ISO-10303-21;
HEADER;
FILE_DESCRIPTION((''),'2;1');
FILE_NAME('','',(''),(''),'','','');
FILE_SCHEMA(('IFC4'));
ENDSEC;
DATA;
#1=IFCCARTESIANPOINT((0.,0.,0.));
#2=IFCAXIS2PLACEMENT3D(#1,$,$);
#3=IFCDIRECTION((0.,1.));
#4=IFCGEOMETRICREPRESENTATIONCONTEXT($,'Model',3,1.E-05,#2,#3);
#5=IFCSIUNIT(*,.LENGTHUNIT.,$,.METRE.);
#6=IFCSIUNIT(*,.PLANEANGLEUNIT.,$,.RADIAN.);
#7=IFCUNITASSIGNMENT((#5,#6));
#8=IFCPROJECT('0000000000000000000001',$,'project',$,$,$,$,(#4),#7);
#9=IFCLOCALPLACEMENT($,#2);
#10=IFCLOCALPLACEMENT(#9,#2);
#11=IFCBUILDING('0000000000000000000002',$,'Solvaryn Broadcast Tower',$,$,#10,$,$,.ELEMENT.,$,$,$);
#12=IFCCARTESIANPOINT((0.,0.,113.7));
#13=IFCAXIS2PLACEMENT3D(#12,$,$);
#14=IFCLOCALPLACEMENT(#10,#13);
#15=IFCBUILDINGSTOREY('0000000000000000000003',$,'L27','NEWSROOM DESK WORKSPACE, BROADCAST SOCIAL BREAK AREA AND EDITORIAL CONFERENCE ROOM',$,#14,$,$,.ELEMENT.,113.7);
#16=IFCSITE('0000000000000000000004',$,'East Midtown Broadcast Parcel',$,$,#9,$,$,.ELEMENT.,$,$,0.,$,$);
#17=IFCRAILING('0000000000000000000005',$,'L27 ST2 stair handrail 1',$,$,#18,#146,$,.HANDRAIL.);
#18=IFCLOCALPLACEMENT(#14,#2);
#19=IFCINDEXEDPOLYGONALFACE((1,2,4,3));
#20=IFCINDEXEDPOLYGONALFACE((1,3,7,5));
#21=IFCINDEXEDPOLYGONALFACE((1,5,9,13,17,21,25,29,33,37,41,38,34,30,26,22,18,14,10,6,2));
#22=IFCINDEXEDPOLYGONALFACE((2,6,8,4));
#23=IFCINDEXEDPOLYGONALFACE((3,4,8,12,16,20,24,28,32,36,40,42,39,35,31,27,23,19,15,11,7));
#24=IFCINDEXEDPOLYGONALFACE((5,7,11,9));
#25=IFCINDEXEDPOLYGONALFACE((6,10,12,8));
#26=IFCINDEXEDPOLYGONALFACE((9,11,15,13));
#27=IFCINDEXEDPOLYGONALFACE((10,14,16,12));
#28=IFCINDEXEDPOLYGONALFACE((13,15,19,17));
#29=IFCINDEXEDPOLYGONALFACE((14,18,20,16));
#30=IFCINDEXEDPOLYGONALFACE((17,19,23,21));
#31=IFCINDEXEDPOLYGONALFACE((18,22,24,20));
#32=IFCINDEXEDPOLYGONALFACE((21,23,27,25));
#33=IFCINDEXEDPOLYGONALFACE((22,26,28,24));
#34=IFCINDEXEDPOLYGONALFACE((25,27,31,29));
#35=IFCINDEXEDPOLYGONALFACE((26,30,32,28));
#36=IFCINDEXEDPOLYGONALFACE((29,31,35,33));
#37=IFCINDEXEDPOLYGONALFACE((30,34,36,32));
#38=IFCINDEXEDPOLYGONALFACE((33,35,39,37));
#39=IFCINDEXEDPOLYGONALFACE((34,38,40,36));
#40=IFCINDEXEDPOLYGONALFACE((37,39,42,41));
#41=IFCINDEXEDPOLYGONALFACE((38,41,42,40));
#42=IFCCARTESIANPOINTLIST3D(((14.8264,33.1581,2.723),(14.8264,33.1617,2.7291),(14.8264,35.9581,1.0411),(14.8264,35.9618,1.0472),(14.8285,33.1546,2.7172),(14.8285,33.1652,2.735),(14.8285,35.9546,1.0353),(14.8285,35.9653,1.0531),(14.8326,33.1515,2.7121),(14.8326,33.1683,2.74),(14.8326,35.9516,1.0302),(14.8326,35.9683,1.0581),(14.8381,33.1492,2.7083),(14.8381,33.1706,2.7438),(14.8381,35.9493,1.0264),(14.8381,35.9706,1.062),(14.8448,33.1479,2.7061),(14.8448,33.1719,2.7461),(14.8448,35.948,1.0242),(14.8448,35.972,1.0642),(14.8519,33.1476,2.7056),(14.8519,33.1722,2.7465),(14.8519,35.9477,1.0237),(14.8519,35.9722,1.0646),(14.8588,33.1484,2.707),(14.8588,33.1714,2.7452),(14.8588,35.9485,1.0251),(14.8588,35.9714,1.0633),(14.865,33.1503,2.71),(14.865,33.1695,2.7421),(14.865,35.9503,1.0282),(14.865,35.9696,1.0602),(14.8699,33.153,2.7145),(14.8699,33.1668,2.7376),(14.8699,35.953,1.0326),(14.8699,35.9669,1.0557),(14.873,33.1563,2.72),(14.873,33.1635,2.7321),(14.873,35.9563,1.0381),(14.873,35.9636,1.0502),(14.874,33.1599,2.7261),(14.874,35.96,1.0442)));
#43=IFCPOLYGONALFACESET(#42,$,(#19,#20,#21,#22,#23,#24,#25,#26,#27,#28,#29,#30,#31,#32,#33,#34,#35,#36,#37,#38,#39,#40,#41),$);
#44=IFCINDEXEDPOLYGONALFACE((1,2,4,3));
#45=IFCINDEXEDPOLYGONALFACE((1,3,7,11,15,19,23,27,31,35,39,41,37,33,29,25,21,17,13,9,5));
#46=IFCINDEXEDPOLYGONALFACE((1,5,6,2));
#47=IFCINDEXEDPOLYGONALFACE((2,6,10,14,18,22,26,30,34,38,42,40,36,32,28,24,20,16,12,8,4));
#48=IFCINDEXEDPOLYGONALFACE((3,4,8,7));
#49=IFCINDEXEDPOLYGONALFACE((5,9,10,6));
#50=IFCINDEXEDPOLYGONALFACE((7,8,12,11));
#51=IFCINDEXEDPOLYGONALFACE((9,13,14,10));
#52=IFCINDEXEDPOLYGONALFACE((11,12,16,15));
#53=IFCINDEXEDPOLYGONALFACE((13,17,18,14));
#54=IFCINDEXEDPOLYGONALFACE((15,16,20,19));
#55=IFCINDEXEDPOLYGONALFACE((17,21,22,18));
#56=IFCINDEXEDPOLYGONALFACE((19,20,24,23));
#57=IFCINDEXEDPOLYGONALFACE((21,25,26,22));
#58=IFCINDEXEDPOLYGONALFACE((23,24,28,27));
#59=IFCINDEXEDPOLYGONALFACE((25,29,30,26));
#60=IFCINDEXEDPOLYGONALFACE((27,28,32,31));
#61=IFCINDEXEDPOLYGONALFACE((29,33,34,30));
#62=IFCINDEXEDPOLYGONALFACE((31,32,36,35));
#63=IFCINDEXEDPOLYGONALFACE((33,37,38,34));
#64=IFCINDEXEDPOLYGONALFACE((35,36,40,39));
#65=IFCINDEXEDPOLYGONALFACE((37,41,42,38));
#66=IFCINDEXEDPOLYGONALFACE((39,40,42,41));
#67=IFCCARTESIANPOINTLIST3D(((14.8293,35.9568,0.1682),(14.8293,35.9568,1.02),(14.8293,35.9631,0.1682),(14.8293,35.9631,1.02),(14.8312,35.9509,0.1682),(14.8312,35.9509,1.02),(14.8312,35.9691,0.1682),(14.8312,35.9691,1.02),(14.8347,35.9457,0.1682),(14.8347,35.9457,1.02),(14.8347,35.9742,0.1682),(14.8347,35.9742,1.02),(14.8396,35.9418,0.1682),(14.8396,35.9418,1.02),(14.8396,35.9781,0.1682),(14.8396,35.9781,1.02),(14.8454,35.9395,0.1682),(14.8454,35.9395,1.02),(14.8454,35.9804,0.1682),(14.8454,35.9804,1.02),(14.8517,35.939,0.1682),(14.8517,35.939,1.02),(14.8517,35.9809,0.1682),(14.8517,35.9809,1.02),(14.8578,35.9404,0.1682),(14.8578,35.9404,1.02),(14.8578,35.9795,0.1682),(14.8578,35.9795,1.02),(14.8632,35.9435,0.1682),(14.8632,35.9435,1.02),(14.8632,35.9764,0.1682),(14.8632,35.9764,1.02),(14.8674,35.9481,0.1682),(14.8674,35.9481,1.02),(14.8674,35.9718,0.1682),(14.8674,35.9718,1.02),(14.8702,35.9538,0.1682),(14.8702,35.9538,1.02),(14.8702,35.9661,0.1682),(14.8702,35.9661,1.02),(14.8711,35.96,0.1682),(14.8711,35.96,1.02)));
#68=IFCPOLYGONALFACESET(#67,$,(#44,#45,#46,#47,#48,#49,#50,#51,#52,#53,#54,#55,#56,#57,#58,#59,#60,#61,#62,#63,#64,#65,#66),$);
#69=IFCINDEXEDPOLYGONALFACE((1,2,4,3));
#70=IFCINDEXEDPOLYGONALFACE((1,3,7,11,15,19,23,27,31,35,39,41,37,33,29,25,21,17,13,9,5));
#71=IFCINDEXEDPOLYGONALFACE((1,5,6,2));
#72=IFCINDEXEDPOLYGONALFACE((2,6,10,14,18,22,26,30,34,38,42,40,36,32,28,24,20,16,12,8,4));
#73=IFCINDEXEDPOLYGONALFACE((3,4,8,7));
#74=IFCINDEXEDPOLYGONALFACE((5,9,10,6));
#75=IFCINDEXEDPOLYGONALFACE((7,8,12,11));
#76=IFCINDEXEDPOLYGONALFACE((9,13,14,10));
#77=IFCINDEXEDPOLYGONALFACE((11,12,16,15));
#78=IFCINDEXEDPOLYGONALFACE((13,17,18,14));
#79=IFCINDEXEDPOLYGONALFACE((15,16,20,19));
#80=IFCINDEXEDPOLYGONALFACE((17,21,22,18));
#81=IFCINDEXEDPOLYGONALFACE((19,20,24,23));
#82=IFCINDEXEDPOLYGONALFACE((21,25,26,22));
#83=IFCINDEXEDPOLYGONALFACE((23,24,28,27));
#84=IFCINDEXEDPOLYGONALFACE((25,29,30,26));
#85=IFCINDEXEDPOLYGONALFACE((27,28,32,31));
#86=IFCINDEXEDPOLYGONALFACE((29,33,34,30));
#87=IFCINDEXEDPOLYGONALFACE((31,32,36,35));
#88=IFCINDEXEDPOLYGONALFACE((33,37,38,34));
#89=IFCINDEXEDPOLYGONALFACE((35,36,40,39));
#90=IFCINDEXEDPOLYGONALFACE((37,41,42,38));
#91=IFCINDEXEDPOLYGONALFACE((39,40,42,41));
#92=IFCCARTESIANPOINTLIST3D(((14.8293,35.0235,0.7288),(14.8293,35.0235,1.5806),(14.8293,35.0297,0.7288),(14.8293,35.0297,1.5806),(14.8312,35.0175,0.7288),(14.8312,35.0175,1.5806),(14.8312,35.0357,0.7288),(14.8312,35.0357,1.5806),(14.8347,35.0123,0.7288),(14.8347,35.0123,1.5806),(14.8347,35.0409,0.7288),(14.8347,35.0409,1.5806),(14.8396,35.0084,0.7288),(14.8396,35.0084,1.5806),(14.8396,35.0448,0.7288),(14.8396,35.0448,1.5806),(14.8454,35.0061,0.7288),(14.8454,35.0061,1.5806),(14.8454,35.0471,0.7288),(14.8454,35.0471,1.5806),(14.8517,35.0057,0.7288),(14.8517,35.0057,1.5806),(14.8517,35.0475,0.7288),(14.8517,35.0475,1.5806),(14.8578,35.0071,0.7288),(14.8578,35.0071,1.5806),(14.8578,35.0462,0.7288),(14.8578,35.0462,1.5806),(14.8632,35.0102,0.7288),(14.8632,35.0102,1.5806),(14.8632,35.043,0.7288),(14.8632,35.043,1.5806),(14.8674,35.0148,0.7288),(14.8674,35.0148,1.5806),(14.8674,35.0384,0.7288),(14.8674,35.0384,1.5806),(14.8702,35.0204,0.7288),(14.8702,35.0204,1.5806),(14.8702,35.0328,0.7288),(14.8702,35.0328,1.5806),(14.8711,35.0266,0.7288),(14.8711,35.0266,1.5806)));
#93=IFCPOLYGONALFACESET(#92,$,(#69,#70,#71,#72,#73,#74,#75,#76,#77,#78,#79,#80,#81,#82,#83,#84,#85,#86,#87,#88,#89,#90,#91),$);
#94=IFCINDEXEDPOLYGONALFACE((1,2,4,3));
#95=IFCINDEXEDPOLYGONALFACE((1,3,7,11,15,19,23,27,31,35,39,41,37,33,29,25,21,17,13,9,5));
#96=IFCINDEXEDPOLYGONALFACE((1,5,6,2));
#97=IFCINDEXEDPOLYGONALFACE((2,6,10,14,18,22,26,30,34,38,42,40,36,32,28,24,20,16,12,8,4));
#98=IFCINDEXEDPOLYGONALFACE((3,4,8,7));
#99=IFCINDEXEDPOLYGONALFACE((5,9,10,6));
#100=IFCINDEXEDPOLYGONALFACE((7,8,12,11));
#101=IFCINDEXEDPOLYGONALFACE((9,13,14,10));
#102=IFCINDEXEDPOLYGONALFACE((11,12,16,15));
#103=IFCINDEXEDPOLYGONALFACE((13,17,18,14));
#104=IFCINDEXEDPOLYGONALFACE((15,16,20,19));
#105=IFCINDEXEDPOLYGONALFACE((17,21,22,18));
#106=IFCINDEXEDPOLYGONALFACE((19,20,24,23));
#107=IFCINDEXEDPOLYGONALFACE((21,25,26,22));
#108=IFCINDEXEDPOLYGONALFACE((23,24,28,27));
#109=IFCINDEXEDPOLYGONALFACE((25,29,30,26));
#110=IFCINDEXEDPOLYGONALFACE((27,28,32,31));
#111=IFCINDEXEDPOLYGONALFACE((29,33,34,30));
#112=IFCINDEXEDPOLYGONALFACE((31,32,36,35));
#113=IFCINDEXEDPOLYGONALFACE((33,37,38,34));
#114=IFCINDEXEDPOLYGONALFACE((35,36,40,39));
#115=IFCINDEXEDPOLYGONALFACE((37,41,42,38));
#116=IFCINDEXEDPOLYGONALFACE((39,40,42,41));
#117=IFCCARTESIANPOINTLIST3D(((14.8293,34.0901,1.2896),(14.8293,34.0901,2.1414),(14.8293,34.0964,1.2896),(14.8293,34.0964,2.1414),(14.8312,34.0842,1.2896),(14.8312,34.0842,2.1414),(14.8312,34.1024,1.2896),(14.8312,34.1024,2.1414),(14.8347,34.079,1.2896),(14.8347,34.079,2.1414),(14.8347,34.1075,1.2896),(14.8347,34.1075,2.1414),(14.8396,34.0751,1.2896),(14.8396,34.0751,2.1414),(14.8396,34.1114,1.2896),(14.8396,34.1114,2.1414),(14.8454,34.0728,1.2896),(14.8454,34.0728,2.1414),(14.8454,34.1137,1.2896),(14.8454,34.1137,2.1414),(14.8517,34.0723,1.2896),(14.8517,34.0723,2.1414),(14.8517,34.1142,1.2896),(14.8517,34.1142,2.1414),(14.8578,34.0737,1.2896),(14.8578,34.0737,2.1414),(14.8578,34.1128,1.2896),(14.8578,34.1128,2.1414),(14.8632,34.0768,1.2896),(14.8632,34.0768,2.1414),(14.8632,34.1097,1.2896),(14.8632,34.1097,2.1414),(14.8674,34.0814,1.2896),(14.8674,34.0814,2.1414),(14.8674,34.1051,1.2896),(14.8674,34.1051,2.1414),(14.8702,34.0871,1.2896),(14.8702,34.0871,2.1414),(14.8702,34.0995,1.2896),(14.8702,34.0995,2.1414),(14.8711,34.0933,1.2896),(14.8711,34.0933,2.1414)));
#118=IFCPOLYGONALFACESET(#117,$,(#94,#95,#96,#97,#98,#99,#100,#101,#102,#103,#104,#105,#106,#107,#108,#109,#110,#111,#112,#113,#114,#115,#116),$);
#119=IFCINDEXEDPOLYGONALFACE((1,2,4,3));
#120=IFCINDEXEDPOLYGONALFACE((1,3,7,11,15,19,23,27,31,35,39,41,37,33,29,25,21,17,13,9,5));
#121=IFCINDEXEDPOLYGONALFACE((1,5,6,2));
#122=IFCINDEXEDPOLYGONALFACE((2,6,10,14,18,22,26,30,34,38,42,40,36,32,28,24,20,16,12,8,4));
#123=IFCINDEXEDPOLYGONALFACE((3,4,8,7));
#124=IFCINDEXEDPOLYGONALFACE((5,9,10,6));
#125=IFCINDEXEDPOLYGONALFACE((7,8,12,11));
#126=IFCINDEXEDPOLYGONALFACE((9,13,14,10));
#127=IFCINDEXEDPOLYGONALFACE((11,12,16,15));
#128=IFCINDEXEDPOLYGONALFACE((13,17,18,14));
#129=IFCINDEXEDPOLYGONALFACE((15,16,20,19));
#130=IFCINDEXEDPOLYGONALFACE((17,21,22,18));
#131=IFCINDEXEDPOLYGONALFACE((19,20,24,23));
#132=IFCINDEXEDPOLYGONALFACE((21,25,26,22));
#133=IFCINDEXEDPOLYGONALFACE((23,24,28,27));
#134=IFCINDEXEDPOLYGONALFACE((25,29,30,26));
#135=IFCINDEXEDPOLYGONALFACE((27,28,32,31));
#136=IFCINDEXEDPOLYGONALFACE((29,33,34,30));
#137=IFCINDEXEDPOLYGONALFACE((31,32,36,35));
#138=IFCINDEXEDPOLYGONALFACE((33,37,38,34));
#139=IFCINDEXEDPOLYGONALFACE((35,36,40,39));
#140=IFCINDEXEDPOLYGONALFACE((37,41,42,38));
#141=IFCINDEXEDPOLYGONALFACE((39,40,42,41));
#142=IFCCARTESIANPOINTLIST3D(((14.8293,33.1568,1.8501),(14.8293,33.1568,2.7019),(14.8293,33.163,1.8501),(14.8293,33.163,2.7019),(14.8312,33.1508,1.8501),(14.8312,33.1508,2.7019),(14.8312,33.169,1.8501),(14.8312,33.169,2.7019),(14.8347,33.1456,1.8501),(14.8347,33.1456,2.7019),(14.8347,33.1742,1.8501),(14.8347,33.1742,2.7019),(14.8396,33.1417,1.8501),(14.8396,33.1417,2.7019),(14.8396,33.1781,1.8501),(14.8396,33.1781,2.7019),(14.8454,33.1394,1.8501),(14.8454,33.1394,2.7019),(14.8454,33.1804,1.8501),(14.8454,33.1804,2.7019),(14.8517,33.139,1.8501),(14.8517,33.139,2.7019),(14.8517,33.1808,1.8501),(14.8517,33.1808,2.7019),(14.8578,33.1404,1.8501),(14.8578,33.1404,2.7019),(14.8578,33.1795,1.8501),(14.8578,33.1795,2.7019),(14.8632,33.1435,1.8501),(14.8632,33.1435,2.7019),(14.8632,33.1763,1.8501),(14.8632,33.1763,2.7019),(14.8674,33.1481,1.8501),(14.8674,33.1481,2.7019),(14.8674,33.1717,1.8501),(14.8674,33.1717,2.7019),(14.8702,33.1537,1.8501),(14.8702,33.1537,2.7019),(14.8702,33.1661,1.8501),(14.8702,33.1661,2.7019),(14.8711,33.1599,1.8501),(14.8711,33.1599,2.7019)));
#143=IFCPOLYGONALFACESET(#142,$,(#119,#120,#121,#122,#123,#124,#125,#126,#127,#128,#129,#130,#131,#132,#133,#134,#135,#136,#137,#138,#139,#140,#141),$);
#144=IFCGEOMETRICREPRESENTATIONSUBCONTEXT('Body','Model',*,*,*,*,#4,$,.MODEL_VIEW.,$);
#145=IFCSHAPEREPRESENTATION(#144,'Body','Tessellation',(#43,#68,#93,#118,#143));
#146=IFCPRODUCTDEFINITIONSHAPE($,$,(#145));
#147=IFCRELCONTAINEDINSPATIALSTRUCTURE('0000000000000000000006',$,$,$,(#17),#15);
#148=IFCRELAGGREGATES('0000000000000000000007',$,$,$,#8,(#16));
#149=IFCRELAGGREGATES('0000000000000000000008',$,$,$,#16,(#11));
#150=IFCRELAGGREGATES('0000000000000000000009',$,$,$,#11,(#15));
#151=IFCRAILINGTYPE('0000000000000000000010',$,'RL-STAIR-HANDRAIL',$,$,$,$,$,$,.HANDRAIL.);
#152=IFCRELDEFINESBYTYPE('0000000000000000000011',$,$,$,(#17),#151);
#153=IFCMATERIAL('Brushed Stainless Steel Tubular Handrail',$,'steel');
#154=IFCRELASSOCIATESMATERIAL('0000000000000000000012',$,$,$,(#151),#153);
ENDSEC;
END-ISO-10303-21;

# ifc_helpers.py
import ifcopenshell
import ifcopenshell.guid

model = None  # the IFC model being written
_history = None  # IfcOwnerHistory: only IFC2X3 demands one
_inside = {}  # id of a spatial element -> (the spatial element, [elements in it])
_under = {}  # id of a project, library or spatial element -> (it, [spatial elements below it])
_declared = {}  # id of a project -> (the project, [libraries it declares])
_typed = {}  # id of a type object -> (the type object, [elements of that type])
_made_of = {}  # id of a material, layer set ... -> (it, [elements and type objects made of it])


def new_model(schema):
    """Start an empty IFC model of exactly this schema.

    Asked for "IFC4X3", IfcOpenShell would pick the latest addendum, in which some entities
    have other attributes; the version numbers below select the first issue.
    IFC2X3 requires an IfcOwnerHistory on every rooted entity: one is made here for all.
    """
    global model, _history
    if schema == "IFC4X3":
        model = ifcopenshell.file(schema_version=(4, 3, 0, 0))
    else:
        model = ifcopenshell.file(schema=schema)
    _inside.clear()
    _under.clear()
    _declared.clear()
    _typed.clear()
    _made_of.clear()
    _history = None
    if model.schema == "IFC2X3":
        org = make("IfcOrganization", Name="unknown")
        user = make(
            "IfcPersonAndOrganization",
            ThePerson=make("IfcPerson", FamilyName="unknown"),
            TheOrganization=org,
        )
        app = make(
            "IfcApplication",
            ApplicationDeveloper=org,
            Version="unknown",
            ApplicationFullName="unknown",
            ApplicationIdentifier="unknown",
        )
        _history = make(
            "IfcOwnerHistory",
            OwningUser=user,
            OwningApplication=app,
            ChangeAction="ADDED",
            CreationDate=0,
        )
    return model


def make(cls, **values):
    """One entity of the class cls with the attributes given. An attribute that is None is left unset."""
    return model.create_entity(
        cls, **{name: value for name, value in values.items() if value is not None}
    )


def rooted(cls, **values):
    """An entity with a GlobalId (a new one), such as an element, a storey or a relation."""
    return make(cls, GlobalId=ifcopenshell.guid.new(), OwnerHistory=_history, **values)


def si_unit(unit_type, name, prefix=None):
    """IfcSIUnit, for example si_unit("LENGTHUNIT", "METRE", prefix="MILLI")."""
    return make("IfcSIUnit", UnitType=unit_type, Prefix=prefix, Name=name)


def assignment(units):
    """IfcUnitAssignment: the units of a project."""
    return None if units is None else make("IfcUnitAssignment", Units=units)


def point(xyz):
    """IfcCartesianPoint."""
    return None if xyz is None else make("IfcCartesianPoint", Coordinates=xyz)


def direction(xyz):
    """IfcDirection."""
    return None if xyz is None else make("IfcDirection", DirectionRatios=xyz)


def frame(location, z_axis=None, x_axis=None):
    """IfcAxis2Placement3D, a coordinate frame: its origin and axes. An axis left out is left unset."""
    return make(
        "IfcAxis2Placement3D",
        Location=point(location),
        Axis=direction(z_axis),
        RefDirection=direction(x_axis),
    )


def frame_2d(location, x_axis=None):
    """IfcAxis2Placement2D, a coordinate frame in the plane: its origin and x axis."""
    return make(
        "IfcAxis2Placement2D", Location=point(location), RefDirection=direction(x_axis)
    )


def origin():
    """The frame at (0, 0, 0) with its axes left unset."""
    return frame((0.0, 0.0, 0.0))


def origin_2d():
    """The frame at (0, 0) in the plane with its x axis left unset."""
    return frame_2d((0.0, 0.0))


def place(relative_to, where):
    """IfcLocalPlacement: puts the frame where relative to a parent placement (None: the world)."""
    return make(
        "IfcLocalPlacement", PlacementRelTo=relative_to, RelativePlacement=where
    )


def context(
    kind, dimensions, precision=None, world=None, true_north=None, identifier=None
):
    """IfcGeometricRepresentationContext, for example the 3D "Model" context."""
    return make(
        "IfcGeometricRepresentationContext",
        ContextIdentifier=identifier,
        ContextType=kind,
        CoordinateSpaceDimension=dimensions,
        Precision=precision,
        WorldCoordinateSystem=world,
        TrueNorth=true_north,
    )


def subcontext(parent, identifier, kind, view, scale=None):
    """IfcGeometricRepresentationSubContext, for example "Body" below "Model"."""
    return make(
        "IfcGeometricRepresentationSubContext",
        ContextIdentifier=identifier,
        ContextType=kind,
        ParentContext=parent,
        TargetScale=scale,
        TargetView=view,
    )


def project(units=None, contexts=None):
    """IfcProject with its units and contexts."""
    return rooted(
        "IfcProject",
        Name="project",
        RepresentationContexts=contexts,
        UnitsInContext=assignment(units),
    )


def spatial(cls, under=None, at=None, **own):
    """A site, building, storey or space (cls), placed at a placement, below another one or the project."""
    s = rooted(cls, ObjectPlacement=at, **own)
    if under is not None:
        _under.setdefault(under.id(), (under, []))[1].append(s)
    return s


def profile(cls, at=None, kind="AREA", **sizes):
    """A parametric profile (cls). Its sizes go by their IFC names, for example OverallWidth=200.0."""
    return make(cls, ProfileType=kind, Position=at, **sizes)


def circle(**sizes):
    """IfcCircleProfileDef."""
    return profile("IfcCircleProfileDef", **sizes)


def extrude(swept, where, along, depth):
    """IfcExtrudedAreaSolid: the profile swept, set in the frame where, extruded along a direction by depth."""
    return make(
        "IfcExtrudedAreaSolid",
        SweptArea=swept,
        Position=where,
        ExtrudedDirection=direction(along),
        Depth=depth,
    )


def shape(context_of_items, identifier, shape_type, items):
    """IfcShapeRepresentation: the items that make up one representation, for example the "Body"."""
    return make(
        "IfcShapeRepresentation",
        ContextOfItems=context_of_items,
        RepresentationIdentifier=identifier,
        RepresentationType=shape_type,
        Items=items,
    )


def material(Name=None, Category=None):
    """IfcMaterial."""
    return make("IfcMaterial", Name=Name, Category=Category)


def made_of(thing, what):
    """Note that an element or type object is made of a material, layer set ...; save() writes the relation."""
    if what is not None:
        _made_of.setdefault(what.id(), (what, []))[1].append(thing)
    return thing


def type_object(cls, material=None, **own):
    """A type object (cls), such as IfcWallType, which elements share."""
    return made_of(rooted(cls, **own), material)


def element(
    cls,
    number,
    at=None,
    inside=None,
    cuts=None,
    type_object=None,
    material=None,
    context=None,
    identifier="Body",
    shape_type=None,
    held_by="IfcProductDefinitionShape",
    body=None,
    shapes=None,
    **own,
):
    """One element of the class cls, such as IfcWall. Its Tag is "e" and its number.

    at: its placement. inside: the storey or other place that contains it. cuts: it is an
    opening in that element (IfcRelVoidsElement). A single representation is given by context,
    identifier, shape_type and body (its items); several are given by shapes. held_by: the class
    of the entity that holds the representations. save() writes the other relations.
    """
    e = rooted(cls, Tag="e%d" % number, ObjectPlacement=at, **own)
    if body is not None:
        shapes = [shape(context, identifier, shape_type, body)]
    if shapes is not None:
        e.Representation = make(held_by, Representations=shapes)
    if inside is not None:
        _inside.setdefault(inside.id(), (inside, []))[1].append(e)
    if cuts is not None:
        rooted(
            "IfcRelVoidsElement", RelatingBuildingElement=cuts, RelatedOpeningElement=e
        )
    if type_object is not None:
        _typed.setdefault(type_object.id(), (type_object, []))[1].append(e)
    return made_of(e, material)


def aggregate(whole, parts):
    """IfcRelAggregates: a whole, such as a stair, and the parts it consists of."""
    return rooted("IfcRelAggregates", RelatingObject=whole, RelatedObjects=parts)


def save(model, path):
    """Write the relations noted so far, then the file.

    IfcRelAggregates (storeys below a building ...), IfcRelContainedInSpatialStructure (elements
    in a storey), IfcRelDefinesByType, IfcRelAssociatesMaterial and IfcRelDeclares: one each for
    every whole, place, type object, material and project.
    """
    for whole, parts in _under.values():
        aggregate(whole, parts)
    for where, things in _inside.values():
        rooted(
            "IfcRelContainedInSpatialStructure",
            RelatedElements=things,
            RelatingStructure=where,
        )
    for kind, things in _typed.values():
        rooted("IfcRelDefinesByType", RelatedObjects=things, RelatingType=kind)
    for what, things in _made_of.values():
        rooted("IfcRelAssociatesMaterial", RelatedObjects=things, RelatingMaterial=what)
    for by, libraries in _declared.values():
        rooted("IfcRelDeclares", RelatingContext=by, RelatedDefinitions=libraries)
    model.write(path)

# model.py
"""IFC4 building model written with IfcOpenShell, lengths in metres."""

from ifc_helpers import new_model, si_unit, direction, frame, origin, origin_2d, place, context, subcontext, project, spatial, circle, extrude, material, type_object, element, save


model = new_model("IFC4")

# Units and contexts
model_context = context("Model", 3, precision=1e-05, world=origin(), true_north=direction((0.0, 1.0)))
body_context = subcontext(model_context, "Body", "Model", "MODEL_VIEW")
ifc_project = project(units=[si_unit("LENGTHUNIT", "METRE"), si_unit("PLANEANGLEUNIT", "RADIAN")], contexts=[model_context])

# Site, building, storey
site_placement = place(None, origin())
site = spatial("IfcSite", under=ifc_project, at=site_placement, Name="East Midtown Broadcast Parcel", CompositionType="ELEMENT", RefElevation=0.0)
building_placement = place(site_placement, origin())
building = spatial("IfcBuilding", under=site, at=building_placement, Name="Solvaryn Broadcast Tower", CompositionType="ELEMENT")
storey_placement = place(building_placement, frame((0.0, 0.0, 113.7)))
storey = spatial("IfcBuildingStorey", under=building, at=storey_placement, Name="L27", Description="NEWSROOM DESK WORKSPACE, BROADCAST SOCIAL BREAK AREA AND EDITORIAL CONFERENCE ROOM", CompositionType="ELEMENT", Elevation=113.7)

# Railing
ifc_material_1 = material(Name="Brushed Stainless Steel Tubular Handrail", Category="steel")
railing_type_1 = type_object("IfcRailingType", Name="RL-STAIR-HANDRAIL", PredefinedType="HANDRAIL", material=ifc_material_1)
railing_1_placement = place(storey_placement, frame((14.8501, 35.96, 0.1682)))
element("IfcRailing", 1, at=railing_1_placement, inside=storey, type_object=railing_type_1, Name="L27 ST2 stair handrail 1", PredefinedType="HANDRAIL", context=body_context, shape_type="SweptSolid", body=[
    extrude(circle(Radius=0.0239, at=origin_2d()), frame((0.0, 0.0, 0.876), z_axis=(0.0, -0.857242, 0.514913), x_axis=(1.0, 0.0, 0.0)), (0.0, 0.0, 1.0), 3.2664),
    extrude(circle(Radius=0.021, at=origin_2d()), origin(), (0.0, 0.0, 1.0), 0.8518),
    extrude(circle(Radius=0.021, at=origin_2d()), frame((0.0, -0.9333, 0.5605)), (0.0, 0.0, 1.0), 0.8518),
    extrude(circle(Radius=0.021, at=origin_2d()), frame((0.0, -1.8667, 1.1213)), (0.0, 0.0, 1.0), 0.8518),
    extrude(circle(Radius=0.021, at=origin_2d()), frame((0.0, -2.8, 1.6819)), (0.0, 0.0, 1.0), 0.8518),
])

save(model, "model.ifc")
